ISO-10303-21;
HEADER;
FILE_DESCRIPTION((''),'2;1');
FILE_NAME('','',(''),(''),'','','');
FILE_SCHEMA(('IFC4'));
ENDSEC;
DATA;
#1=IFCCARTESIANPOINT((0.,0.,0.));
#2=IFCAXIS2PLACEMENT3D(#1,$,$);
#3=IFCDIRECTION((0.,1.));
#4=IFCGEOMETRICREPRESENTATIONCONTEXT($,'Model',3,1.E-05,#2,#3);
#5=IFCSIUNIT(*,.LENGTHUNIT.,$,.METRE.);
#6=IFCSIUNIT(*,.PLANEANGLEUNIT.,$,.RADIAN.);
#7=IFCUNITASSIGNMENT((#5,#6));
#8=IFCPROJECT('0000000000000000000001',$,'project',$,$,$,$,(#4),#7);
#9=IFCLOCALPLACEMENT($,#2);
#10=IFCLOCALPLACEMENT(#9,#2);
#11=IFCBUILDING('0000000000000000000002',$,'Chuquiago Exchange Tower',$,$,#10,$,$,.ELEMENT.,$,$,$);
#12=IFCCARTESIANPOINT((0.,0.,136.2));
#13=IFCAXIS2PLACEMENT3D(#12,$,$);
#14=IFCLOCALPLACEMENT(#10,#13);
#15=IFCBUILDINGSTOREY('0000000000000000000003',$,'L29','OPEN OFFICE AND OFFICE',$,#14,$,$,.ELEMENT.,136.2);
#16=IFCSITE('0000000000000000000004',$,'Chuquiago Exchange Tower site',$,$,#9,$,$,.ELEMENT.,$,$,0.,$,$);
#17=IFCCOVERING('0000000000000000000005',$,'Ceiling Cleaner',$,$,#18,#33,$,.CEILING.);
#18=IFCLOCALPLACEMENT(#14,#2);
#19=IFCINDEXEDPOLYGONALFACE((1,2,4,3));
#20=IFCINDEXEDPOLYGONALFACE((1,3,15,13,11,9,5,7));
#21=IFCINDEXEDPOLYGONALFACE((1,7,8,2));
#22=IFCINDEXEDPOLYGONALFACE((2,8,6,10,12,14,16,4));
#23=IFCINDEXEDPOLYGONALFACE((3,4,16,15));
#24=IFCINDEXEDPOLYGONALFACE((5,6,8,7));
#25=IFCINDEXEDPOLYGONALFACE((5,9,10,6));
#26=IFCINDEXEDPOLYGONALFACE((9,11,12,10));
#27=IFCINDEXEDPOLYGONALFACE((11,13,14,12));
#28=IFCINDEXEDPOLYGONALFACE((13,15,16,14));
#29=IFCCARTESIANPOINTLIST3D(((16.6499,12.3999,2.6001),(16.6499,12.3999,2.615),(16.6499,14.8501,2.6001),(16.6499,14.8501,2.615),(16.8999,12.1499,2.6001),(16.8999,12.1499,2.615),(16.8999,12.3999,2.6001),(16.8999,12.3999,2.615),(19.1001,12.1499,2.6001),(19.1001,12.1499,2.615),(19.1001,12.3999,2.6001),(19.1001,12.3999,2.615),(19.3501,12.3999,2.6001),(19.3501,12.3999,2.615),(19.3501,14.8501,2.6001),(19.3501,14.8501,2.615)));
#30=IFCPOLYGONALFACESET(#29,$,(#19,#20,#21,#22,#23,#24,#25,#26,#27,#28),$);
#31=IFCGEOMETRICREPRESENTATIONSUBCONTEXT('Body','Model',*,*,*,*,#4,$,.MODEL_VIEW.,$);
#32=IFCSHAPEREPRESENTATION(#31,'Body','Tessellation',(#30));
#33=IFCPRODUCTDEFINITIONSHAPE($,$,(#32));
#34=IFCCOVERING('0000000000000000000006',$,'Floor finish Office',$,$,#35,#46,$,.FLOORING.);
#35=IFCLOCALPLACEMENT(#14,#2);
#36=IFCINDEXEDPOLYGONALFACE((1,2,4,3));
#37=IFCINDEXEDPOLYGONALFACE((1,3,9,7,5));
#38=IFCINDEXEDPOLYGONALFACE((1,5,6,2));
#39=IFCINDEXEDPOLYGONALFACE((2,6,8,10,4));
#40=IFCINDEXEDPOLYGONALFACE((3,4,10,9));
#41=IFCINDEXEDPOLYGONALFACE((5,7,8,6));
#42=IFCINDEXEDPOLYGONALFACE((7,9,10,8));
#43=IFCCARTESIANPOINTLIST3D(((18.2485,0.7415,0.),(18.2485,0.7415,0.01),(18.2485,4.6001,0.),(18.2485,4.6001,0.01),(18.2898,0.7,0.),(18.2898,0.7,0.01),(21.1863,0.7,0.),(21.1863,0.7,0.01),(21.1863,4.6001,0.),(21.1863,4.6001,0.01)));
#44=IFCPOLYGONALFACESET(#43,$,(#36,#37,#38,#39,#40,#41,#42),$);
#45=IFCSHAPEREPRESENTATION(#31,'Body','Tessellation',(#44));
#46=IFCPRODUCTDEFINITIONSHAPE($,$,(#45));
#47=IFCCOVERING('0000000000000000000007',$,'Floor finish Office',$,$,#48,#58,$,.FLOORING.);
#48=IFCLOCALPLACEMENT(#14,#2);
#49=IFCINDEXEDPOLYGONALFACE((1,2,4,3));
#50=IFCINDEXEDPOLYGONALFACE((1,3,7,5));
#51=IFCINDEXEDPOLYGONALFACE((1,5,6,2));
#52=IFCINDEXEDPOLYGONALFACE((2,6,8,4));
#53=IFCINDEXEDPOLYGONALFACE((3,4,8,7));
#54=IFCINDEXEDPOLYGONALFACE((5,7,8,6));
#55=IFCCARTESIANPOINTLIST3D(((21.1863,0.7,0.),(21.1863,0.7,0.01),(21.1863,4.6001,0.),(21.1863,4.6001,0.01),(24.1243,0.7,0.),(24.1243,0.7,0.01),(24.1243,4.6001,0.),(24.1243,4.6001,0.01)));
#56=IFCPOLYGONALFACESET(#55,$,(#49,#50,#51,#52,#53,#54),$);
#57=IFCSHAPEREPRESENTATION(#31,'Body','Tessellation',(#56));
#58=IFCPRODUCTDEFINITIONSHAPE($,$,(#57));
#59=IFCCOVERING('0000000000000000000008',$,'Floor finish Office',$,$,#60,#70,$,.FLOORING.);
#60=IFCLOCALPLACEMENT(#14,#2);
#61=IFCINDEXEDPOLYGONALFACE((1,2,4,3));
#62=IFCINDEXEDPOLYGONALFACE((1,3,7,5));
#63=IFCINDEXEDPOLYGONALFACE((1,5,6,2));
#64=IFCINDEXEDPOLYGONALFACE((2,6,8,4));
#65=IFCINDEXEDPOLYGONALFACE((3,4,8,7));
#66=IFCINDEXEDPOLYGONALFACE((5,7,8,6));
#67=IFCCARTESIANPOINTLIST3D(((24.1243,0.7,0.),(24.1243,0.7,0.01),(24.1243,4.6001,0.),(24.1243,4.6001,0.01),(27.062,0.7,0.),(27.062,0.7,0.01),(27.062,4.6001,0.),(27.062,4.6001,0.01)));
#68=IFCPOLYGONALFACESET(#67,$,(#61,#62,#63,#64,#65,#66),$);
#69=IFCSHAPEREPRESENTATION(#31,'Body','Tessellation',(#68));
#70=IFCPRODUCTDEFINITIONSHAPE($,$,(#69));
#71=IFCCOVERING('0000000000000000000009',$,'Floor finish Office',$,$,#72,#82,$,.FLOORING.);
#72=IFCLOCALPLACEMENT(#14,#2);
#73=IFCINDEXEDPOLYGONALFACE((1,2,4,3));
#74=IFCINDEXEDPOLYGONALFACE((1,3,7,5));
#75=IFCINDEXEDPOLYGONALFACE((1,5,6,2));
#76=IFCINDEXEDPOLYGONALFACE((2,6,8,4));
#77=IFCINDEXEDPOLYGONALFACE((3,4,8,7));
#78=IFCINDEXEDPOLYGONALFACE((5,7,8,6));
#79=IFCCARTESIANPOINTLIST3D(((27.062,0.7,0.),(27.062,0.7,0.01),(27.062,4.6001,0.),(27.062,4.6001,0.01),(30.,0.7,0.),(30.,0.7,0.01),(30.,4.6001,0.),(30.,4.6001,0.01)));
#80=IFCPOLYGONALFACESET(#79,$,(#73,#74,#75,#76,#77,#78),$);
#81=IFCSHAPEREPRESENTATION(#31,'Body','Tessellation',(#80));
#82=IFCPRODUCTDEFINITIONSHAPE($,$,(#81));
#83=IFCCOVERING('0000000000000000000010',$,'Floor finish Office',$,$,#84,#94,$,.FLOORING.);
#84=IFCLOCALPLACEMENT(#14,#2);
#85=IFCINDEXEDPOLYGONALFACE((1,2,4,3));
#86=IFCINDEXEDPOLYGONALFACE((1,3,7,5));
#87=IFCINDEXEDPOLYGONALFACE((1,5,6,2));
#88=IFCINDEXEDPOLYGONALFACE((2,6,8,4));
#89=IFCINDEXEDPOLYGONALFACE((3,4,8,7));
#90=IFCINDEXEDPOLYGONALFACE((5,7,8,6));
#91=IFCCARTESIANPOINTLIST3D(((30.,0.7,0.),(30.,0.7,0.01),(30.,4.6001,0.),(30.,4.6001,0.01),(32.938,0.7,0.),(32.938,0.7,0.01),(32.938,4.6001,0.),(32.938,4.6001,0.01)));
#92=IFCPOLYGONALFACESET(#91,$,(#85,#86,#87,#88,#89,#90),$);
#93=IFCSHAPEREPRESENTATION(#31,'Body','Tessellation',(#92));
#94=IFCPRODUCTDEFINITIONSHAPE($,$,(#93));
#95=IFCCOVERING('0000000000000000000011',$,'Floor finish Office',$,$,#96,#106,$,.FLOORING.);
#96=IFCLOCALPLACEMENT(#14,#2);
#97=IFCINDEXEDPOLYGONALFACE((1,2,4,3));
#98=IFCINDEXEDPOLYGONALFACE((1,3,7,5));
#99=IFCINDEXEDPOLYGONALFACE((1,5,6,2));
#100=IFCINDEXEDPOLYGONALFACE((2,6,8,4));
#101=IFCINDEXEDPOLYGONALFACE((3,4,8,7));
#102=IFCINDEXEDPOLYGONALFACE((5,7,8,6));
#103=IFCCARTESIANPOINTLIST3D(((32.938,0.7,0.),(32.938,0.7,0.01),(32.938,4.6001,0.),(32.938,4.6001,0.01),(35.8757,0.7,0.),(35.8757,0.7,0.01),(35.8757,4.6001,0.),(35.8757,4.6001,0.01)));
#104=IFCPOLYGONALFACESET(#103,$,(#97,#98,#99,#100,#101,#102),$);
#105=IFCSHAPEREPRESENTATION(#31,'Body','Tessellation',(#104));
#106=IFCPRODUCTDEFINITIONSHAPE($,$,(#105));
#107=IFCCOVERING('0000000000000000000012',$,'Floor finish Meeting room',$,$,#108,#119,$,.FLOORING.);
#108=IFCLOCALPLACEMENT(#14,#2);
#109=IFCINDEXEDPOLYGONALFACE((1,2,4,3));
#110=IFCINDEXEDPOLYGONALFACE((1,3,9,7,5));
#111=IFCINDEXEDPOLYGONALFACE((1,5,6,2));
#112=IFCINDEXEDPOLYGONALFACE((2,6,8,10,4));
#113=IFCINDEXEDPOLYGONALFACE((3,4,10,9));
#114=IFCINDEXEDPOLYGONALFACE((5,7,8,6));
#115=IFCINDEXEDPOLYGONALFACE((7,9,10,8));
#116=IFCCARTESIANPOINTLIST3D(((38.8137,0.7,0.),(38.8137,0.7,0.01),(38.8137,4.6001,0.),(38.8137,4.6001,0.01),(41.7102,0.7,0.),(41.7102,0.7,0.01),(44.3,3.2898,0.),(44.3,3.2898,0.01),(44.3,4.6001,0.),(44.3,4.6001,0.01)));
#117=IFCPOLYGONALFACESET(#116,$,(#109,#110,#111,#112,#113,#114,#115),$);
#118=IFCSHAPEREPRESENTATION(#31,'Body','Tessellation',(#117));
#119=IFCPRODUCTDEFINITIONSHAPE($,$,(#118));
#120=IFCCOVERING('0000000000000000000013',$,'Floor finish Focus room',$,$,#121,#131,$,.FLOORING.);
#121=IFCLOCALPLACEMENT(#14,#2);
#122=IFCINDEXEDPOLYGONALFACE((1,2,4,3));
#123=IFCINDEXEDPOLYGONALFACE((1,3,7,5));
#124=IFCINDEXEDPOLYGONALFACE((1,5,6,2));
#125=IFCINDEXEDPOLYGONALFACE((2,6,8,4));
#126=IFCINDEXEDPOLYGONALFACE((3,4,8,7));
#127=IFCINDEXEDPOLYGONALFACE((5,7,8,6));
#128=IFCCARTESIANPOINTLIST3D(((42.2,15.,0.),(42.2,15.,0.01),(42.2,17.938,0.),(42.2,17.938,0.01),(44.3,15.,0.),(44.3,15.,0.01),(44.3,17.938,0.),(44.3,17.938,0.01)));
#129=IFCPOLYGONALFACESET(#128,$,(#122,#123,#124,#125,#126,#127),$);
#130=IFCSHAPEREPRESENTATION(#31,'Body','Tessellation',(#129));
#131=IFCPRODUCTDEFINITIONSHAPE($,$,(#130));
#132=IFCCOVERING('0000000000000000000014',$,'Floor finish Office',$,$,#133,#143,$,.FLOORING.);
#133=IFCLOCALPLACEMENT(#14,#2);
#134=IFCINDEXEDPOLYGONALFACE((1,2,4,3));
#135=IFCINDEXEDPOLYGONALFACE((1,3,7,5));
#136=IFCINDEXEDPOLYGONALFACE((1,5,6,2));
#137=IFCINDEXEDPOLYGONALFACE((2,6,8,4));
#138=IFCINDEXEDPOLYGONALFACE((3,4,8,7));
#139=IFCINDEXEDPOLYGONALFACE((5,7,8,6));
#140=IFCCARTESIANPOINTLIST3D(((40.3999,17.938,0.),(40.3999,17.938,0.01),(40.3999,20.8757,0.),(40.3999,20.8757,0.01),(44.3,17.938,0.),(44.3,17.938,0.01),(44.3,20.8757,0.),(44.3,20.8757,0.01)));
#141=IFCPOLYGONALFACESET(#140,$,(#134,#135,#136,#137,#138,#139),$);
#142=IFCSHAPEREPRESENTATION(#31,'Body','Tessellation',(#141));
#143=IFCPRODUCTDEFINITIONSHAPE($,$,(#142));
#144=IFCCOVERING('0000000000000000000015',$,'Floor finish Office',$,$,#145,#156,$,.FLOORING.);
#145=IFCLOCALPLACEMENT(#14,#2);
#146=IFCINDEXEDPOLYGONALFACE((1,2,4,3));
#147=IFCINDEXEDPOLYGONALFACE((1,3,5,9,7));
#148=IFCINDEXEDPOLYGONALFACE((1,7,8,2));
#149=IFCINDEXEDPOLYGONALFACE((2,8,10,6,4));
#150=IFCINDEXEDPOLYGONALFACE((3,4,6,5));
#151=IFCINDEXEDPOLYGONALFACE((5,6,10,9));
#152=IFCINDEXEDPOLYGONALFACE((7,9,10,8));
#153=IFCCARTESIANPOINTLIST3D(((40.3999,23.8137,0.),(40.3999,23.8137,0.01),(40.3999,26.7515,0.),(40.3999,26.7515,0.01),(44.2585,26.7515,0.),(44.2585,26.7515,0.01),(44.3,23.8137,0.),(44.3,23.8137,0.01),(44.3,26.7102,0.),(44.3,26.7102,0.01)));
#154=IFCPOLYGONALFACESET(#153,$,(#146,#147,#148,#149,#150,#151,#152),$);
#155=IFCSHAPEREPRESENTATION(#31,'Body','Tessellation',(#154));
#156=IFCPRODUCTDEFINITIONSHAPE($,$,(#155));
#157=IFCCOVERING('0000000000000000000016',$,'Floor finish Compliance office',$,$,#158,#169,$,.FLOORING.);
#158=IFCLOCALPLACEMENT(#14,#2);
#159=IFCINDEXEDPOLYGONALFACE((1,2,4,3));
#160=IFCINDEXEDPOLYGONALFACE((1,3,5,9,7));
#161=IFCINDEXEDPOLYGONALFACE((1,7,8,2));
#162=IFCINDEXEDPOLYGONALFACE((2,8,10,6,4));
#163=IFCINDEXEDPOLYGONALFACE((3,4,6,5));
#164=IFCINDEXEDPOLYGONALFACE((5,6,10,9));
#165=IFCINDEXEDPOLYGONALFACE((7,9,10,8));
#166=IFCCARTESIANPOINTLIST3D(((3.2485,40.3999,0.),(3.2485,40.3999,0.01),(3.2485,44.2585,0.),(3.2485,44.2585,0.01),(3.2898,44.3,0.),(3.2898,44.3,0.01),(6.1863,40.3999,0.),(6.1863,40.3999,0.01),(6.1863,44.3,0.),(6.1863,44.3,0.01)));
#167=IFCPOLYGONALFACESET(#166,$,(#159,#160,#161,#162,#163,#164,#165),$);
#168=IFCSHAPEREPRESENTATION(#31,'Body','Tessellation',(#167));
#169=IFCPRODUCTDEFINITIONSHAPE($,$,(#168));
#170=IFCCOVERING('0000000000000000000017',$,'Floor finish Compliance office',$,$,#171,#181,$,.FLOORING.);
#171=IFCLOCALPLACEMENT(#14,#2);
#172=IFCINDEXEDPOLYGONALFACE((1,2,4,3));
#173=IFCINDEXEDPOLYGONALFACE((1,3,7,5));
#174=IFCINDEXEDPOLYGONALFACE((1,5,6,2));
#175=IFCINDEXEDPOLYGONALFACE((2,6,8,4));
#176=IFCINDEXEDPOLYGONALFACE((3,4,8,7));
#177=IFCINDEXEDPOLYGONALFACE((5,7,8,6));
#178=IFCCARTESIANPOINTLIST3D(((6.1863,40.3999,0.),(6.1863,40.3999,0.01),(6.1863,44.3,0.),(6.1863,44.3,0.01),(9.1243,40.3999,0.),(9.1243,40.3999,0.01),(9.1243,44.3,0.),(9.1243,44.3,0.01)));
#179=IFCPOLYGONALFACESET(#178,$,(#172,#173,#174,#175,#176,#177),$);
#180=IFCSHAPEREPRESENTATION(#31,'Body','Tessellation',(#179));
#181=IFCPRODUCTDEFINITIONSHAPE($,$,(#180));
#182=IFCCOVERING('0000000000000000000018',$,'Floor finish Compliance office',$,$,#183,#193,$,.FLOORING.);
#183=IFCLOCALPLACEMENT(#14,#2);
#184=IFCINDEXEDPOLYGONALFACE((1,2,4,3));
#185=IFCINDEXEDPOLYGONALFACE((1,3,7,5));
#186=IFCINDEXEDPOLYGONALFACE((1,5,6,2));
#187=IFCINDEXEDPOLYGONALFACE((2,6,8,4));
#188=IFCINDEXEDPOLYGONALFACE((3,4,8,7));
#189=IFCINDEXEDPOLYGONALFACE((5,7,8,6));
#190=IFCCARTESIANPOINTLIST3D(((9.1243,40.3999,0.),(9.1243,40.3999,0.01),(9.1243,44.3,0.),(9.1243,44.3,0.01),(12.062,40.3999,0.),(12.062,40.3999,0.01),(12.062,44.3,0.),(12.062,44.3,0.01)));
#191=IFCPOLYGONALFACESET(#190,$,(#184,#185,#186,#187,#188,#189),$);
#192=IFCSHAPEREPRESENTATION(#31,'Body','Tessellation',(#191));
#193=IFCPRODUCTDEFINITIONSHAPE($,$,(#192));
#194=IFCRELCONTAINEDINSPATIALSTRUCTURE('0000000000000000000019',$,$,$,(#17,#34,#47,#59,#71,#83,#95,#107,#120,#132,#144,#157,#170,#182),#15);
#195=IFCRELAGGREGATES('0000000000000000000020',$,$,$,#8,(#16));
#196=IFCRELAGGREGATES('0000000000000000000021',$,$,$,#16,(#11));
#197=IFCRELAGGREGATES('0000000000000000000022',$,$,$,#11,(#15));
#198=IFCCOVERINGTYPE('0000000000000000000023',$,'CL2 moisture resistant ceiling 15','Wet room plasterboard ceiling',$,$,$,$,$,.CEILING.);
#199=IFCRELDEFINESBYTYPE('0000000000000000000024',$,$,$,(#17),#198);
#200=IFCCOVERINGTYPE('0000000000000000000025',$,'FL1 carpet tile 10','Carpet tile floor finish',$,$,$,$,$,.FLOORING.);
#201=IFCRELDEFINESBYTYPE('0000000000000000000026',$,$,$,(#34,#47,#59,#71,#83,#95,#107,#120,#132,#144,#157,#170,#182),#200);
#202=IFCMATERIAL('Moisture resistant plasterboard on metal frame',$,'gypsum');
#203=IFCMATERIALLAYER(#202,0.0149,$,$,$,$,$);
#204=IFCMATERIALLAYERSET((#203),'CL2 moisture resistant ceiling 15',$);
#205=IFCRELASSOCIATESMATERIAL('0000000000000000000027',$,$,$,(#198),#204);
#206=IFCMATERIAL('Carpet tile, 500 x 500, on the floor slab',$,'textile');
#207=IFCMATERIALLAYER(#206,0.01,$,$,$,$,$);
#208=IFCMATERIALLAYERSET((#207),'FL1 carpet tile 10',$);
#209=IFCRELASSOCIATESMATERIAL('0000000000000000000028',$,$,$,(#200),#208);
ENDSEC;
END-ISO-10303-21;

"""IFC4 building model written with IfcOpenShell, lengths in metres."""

from ifc_helpers import new_model, si_unit, direction, frame, origin, place, context, subcontext, project, spatial, polyline, outline, extrude, material, layer, layer_set, type_object, element, save


model = new_model("IFC4")

# Units and contexts
model_context = context("Model", 3, precision=1e-05, world=origin(), true_north=direction((0.0, 1.0)))
body_context = subcontext(model_context, "Body", "Model", "MODEL_VIEW")
ifc_project = project(units=[si_unit("LENGTHUNIT", "METRE"), si_unit("PLANEANGLEUNIT", "RADIAN")], contexts=[model_context])

# Site, building, storey
site_placement = place(None, origin())
site = spatial("IfcSite", under=ifc_project, at=site_placement, Name="Chuquiago Exchange Tower site", CompositionType="ELEMENT", RefElevation=0.0)
building_placement = place(site_placement, origin())
building = spatial("IfcBuilding", under=site, at=building_placement, Name="Chuquiago Exchange Tower", CompositionType="ELEMENT")
storey_placement = place(building_placement, frame((0.0, 0.0, 136.2)))
storey = spatial("IfcBuildingStorey", under=building, at=storey_placement, Name="L29", Description="OPEN OFFICE AND OFFICE", CompositionType="ELEMENT", Elevation=136.2)

# Coverings
ifc_material_1 = material(Name="Moisture resistant plasterboard on metal frame", Category="gypsum")
ifc_layer_1 = layer(ifc_material_1, 0.0149)
ifc_layer_set_1 = layer_set([ifc_layer_1], Name="CL2 moisture resistant ceiling 15")
covering_type_1 = type_object("IfcCoveringType", Name="CL2 moisture resistant ceiling 15", Description="Wet room plasterboard ceiling", PredefinedType="CEILING", material=ifc_layer_set_1)
covering_1_placement = place(storey_placement, frame((0.0, 0.0, 2.6001)))
element("IfcCovering", 1, at=covering_1_placement, inside=storey, type_object=covering_type_1, Name="Ceiling Cleaner", PredefinedType="CEILING", context=body_context, shape_type="SweptSolid", body=[
    extrude(outline(polyline([(16.8999, 12.1499), (16.8999, 12.3999), (16.6499, 12.3999), (16.6499, 14.8501), (19.3501, 14.8501), (19.3501, 12.3999), (19.1001, 12.3999), (19.1001, 12.1499), (16.8999, 12.1499)])), origin(), (0.0, 0.0, 1.0), 0.0149),
])
ifc_material_2 = material(Name="Carpet tile, 500 x 500, on the floor slab", Category="textile")
ifc_layer_2 = layer(ifc_material_2, 0.01)
ifc_layer_set_2 = layer_set([ifc_layer_2], Name="FL1 carpet tile 10")
covering_type_2 = type_object("IfcCoveringType", Name="FL1 carpet tile 10", Description="Carpet tile floor finish", PredefinedType="FLOORING", material=ifc_layer_set_2)
covering_2_placement = place(storey_placement, origin())
element("IfcCovering", 2, at=covering_2_placement, inside=storey, type_object=covering_type_2, Name="Floor finish Office", PredefinedType="FLOORING", context=body_context, shape_type="SweptSolid", body=[
    extrude(outline(polyline([(18.2898, 0.7), (18.2485, 0.7415), (18.2485, 4.6001), (21.1863, 4.6001), (21.1863, 0.7), (18.2898, 0.7)])), origin(), (0.0, 0.0, 1.0), 0.01),
])
covering_3_placement = place(storey_placement, origin())
element("IfcCovering", 3, at=covering_3_placement, inside=storey, type_object=covering_type_2, Name="Floor finish Office", PredefinedType="FLOORING", context=body_context, shape_type="SweptSolid", body=[
    extrude(outline(polyline([(21.1863, 0.7), (21.1863, 4.6001), (24.1243, 4.6001), (24.1243, 0.7), (21.1863, 0.7)])), origin(), (0.0, 0.0, 1.0), 0.01),
])
covering_4_placement = place(storey_placement, origin())
element("IfcCovering", 4, at=covering_4_placement, inside=storey, type_object=covering_type_2, Name="Floor finish Office", PredefinedType="FLOORING", context=body_context, shape_type="SweptSolid", body=[
    extrude(outline(polyline([(24.1243, 0.7), (24.1243, 4.6001), (27.062, 4.6001), (27.062, 0.7), (24.1243, 0.7)])), origin(), (0.0, 0.0, 1.0), 0.01),
])
covering_5_placement = place(storey_placement, origin())
element("IfcCovering", 5, at=covering_5_placement, inside=storey, type_object=covering_type_2, Name="Floor finish Office", PredefinedType="FLOORING", context=body_context, shape_type="SweptSolid", body=[
    extrude(outline(polyline([(27.062, 0.7), (27.062, 4.6001), (30.0, 4.6001), (30.0, 0.7), (27.062, 0.7)])), origin(), (0.0, 0.0, 1.0), 0.01),
])
covering_6_placement = place(storey_placement, origin())
element("IfcCovering", 6, at=covering_6_placement, inside=storey, type_object=covering_type_2, Name="Floor finish Office", PredefinedType="FLOORING", context=body_context, shape_type="SweptSolid", body=[
    extrude(outline(polyline([(30.0, 0.7), (30.0, 4.6001), (32.938, 4.6001), (32.938, 0.7), (30.0, 0.7)])), origin(), (0.0, 0.0, 1.0), 0.01),
])
covering_7_placement = place(storey_placement, origin())
element("IfcCovering", 7, at=covering_7_placement, inside=storey, type_object=covering_type_2, Name="Floor finish Office", PredefinedType="FLOORING", context=body_context, shape_type="SweptSolid", body=[
    extrude(outline(polyline([(32.938, 0.7), (32.938, 4.6001), (35.8757, 4.6001), (35.8757, 0.7), (32.938, 0.7)])), origin(), (0.0, 0.0, 1.0), 0.01),
])
covering_8_placement = place(storey_placement, origin())
element("IfcCovering", 8, at=covering_8_placement, inside=storey, type_object=covering_type_2, Name="Floor finish Meeting room", PredefinedType="FLOORING", context=body_context, shape_type="SweptSolid", body=[
    extrude(outline(polyline([(44.3, 3.2898), (41.7102, 0.7), (38.8137, 0.7), (38.8137, 4.6001), (44.3, 4.6001), (44.3, 3.2898)])), origin(), (0.0, 0.0, 1.0), 0.01),
])
covering_9_placement = place(storey_placement, origin())
element("IfcCovering", 9, at=covering_9_placement, inside=storey, type_object=covering_type_2, Name="Floor finish Focus room", PredefinedType="FLOORING", context=body_context, shape_type="SweptSolid", body=[
    extrude(outline(polyline([(44.3, 15.0), (42.2, 15.0), (42.2, 17.938), (44.3, 17.938), (44.3, 15.0)])), origin(), (0.0, 0.0, 1.0), 0.01),
])
covering_10_placement = place(storey_placement, origin())
element("IfcCovering", 10, at=covering_10_placement, inside=storey, type_object=covering_type_2, Name="Floor finish Office", PredefinedType="FLOORING", context=body_context, shape_type="SweptSolid", body=[
    extrude(outline(polyline([(44.3, 17.938), (40.3999, 17.938), (40.3999, 20.8757), (44.3, 20.8757), (44.3, 17.938)])), origin(), (0.0, 0.0, 1.0), 0.01),
])
covering_11_placement = place(storey_placement, origin())
element("IfcCovering", 11, at=covering_11_placement, inside=storey, type_object=covering_type_2, Name="Floor finish Office", PredefinedType="FLOORING", context=body_context, shape_type="SweptSolid", body=[
    extrude(outline(polyline([(44.3, 26.7102), (44.3, 23.8137), (40.3999, 23.8137), (40.3999, 26.7515), (44.2585, 26.7515), (44.3, 26.7102)])), origin(), (0.0, 0.0, 1.0), 0.01),
])
covering_12_placement = place(storey_placement, origin())
element("IfcCovering", 12, at=covering_12_placement, inside=storey, type_object=covering_type_2, Name="Floor finish Compliance office", PredefinedType="FLOORING", context=body_context, shape_type="SweptSolid", body=[
    extrude(outline(polyline([(3.2898, 44.3), (6.1863, 44.3), (6.1863, 40.3999), (3.2485, 40.3999), (3.2485, 44.2585), (3.2898, 44.3)])), origin(), (0.0, 0.0, 1.0), 0.01),
])
covering_13_placement = place(storey_placement, origin())
element("IfcCovering", 13, at=covering_13_placement, inside=storey, type_object=covering_type_2, Name="Floor finish Compliance office", PredefinedType="FLOORING", context=body_context, shape_type="SweptSolid", body=[
    extrude(outline(polyline([(9.1243, 44.3), (9.1243, 40.3999), (6.1863, 40.3999), (6.1863, 44.3), (9.1243, 44.3)])), origin(), (0.0, 0.0, 1.0), 0.01),
])
covering_14_placement = place(storey_placement, origin())
element("IfcCovering", 14, at=covering_14_placement, inside=storey, type_object=covering_type_2, Name="Floor finish Compliance office", PredefinedType="FLOORING", context=body_context, shape_type="SweptSolid", body=[
    extrude(outline(polyline([(12.062, 44.3), (12.062, 40.3999), (9.1243, 40.3999), (9.1243, 44.3), (12.062, 44.3)])), origin(), (0.0, 0.0, 1.0), 0.01),
])

save(model, "model.ifc")
